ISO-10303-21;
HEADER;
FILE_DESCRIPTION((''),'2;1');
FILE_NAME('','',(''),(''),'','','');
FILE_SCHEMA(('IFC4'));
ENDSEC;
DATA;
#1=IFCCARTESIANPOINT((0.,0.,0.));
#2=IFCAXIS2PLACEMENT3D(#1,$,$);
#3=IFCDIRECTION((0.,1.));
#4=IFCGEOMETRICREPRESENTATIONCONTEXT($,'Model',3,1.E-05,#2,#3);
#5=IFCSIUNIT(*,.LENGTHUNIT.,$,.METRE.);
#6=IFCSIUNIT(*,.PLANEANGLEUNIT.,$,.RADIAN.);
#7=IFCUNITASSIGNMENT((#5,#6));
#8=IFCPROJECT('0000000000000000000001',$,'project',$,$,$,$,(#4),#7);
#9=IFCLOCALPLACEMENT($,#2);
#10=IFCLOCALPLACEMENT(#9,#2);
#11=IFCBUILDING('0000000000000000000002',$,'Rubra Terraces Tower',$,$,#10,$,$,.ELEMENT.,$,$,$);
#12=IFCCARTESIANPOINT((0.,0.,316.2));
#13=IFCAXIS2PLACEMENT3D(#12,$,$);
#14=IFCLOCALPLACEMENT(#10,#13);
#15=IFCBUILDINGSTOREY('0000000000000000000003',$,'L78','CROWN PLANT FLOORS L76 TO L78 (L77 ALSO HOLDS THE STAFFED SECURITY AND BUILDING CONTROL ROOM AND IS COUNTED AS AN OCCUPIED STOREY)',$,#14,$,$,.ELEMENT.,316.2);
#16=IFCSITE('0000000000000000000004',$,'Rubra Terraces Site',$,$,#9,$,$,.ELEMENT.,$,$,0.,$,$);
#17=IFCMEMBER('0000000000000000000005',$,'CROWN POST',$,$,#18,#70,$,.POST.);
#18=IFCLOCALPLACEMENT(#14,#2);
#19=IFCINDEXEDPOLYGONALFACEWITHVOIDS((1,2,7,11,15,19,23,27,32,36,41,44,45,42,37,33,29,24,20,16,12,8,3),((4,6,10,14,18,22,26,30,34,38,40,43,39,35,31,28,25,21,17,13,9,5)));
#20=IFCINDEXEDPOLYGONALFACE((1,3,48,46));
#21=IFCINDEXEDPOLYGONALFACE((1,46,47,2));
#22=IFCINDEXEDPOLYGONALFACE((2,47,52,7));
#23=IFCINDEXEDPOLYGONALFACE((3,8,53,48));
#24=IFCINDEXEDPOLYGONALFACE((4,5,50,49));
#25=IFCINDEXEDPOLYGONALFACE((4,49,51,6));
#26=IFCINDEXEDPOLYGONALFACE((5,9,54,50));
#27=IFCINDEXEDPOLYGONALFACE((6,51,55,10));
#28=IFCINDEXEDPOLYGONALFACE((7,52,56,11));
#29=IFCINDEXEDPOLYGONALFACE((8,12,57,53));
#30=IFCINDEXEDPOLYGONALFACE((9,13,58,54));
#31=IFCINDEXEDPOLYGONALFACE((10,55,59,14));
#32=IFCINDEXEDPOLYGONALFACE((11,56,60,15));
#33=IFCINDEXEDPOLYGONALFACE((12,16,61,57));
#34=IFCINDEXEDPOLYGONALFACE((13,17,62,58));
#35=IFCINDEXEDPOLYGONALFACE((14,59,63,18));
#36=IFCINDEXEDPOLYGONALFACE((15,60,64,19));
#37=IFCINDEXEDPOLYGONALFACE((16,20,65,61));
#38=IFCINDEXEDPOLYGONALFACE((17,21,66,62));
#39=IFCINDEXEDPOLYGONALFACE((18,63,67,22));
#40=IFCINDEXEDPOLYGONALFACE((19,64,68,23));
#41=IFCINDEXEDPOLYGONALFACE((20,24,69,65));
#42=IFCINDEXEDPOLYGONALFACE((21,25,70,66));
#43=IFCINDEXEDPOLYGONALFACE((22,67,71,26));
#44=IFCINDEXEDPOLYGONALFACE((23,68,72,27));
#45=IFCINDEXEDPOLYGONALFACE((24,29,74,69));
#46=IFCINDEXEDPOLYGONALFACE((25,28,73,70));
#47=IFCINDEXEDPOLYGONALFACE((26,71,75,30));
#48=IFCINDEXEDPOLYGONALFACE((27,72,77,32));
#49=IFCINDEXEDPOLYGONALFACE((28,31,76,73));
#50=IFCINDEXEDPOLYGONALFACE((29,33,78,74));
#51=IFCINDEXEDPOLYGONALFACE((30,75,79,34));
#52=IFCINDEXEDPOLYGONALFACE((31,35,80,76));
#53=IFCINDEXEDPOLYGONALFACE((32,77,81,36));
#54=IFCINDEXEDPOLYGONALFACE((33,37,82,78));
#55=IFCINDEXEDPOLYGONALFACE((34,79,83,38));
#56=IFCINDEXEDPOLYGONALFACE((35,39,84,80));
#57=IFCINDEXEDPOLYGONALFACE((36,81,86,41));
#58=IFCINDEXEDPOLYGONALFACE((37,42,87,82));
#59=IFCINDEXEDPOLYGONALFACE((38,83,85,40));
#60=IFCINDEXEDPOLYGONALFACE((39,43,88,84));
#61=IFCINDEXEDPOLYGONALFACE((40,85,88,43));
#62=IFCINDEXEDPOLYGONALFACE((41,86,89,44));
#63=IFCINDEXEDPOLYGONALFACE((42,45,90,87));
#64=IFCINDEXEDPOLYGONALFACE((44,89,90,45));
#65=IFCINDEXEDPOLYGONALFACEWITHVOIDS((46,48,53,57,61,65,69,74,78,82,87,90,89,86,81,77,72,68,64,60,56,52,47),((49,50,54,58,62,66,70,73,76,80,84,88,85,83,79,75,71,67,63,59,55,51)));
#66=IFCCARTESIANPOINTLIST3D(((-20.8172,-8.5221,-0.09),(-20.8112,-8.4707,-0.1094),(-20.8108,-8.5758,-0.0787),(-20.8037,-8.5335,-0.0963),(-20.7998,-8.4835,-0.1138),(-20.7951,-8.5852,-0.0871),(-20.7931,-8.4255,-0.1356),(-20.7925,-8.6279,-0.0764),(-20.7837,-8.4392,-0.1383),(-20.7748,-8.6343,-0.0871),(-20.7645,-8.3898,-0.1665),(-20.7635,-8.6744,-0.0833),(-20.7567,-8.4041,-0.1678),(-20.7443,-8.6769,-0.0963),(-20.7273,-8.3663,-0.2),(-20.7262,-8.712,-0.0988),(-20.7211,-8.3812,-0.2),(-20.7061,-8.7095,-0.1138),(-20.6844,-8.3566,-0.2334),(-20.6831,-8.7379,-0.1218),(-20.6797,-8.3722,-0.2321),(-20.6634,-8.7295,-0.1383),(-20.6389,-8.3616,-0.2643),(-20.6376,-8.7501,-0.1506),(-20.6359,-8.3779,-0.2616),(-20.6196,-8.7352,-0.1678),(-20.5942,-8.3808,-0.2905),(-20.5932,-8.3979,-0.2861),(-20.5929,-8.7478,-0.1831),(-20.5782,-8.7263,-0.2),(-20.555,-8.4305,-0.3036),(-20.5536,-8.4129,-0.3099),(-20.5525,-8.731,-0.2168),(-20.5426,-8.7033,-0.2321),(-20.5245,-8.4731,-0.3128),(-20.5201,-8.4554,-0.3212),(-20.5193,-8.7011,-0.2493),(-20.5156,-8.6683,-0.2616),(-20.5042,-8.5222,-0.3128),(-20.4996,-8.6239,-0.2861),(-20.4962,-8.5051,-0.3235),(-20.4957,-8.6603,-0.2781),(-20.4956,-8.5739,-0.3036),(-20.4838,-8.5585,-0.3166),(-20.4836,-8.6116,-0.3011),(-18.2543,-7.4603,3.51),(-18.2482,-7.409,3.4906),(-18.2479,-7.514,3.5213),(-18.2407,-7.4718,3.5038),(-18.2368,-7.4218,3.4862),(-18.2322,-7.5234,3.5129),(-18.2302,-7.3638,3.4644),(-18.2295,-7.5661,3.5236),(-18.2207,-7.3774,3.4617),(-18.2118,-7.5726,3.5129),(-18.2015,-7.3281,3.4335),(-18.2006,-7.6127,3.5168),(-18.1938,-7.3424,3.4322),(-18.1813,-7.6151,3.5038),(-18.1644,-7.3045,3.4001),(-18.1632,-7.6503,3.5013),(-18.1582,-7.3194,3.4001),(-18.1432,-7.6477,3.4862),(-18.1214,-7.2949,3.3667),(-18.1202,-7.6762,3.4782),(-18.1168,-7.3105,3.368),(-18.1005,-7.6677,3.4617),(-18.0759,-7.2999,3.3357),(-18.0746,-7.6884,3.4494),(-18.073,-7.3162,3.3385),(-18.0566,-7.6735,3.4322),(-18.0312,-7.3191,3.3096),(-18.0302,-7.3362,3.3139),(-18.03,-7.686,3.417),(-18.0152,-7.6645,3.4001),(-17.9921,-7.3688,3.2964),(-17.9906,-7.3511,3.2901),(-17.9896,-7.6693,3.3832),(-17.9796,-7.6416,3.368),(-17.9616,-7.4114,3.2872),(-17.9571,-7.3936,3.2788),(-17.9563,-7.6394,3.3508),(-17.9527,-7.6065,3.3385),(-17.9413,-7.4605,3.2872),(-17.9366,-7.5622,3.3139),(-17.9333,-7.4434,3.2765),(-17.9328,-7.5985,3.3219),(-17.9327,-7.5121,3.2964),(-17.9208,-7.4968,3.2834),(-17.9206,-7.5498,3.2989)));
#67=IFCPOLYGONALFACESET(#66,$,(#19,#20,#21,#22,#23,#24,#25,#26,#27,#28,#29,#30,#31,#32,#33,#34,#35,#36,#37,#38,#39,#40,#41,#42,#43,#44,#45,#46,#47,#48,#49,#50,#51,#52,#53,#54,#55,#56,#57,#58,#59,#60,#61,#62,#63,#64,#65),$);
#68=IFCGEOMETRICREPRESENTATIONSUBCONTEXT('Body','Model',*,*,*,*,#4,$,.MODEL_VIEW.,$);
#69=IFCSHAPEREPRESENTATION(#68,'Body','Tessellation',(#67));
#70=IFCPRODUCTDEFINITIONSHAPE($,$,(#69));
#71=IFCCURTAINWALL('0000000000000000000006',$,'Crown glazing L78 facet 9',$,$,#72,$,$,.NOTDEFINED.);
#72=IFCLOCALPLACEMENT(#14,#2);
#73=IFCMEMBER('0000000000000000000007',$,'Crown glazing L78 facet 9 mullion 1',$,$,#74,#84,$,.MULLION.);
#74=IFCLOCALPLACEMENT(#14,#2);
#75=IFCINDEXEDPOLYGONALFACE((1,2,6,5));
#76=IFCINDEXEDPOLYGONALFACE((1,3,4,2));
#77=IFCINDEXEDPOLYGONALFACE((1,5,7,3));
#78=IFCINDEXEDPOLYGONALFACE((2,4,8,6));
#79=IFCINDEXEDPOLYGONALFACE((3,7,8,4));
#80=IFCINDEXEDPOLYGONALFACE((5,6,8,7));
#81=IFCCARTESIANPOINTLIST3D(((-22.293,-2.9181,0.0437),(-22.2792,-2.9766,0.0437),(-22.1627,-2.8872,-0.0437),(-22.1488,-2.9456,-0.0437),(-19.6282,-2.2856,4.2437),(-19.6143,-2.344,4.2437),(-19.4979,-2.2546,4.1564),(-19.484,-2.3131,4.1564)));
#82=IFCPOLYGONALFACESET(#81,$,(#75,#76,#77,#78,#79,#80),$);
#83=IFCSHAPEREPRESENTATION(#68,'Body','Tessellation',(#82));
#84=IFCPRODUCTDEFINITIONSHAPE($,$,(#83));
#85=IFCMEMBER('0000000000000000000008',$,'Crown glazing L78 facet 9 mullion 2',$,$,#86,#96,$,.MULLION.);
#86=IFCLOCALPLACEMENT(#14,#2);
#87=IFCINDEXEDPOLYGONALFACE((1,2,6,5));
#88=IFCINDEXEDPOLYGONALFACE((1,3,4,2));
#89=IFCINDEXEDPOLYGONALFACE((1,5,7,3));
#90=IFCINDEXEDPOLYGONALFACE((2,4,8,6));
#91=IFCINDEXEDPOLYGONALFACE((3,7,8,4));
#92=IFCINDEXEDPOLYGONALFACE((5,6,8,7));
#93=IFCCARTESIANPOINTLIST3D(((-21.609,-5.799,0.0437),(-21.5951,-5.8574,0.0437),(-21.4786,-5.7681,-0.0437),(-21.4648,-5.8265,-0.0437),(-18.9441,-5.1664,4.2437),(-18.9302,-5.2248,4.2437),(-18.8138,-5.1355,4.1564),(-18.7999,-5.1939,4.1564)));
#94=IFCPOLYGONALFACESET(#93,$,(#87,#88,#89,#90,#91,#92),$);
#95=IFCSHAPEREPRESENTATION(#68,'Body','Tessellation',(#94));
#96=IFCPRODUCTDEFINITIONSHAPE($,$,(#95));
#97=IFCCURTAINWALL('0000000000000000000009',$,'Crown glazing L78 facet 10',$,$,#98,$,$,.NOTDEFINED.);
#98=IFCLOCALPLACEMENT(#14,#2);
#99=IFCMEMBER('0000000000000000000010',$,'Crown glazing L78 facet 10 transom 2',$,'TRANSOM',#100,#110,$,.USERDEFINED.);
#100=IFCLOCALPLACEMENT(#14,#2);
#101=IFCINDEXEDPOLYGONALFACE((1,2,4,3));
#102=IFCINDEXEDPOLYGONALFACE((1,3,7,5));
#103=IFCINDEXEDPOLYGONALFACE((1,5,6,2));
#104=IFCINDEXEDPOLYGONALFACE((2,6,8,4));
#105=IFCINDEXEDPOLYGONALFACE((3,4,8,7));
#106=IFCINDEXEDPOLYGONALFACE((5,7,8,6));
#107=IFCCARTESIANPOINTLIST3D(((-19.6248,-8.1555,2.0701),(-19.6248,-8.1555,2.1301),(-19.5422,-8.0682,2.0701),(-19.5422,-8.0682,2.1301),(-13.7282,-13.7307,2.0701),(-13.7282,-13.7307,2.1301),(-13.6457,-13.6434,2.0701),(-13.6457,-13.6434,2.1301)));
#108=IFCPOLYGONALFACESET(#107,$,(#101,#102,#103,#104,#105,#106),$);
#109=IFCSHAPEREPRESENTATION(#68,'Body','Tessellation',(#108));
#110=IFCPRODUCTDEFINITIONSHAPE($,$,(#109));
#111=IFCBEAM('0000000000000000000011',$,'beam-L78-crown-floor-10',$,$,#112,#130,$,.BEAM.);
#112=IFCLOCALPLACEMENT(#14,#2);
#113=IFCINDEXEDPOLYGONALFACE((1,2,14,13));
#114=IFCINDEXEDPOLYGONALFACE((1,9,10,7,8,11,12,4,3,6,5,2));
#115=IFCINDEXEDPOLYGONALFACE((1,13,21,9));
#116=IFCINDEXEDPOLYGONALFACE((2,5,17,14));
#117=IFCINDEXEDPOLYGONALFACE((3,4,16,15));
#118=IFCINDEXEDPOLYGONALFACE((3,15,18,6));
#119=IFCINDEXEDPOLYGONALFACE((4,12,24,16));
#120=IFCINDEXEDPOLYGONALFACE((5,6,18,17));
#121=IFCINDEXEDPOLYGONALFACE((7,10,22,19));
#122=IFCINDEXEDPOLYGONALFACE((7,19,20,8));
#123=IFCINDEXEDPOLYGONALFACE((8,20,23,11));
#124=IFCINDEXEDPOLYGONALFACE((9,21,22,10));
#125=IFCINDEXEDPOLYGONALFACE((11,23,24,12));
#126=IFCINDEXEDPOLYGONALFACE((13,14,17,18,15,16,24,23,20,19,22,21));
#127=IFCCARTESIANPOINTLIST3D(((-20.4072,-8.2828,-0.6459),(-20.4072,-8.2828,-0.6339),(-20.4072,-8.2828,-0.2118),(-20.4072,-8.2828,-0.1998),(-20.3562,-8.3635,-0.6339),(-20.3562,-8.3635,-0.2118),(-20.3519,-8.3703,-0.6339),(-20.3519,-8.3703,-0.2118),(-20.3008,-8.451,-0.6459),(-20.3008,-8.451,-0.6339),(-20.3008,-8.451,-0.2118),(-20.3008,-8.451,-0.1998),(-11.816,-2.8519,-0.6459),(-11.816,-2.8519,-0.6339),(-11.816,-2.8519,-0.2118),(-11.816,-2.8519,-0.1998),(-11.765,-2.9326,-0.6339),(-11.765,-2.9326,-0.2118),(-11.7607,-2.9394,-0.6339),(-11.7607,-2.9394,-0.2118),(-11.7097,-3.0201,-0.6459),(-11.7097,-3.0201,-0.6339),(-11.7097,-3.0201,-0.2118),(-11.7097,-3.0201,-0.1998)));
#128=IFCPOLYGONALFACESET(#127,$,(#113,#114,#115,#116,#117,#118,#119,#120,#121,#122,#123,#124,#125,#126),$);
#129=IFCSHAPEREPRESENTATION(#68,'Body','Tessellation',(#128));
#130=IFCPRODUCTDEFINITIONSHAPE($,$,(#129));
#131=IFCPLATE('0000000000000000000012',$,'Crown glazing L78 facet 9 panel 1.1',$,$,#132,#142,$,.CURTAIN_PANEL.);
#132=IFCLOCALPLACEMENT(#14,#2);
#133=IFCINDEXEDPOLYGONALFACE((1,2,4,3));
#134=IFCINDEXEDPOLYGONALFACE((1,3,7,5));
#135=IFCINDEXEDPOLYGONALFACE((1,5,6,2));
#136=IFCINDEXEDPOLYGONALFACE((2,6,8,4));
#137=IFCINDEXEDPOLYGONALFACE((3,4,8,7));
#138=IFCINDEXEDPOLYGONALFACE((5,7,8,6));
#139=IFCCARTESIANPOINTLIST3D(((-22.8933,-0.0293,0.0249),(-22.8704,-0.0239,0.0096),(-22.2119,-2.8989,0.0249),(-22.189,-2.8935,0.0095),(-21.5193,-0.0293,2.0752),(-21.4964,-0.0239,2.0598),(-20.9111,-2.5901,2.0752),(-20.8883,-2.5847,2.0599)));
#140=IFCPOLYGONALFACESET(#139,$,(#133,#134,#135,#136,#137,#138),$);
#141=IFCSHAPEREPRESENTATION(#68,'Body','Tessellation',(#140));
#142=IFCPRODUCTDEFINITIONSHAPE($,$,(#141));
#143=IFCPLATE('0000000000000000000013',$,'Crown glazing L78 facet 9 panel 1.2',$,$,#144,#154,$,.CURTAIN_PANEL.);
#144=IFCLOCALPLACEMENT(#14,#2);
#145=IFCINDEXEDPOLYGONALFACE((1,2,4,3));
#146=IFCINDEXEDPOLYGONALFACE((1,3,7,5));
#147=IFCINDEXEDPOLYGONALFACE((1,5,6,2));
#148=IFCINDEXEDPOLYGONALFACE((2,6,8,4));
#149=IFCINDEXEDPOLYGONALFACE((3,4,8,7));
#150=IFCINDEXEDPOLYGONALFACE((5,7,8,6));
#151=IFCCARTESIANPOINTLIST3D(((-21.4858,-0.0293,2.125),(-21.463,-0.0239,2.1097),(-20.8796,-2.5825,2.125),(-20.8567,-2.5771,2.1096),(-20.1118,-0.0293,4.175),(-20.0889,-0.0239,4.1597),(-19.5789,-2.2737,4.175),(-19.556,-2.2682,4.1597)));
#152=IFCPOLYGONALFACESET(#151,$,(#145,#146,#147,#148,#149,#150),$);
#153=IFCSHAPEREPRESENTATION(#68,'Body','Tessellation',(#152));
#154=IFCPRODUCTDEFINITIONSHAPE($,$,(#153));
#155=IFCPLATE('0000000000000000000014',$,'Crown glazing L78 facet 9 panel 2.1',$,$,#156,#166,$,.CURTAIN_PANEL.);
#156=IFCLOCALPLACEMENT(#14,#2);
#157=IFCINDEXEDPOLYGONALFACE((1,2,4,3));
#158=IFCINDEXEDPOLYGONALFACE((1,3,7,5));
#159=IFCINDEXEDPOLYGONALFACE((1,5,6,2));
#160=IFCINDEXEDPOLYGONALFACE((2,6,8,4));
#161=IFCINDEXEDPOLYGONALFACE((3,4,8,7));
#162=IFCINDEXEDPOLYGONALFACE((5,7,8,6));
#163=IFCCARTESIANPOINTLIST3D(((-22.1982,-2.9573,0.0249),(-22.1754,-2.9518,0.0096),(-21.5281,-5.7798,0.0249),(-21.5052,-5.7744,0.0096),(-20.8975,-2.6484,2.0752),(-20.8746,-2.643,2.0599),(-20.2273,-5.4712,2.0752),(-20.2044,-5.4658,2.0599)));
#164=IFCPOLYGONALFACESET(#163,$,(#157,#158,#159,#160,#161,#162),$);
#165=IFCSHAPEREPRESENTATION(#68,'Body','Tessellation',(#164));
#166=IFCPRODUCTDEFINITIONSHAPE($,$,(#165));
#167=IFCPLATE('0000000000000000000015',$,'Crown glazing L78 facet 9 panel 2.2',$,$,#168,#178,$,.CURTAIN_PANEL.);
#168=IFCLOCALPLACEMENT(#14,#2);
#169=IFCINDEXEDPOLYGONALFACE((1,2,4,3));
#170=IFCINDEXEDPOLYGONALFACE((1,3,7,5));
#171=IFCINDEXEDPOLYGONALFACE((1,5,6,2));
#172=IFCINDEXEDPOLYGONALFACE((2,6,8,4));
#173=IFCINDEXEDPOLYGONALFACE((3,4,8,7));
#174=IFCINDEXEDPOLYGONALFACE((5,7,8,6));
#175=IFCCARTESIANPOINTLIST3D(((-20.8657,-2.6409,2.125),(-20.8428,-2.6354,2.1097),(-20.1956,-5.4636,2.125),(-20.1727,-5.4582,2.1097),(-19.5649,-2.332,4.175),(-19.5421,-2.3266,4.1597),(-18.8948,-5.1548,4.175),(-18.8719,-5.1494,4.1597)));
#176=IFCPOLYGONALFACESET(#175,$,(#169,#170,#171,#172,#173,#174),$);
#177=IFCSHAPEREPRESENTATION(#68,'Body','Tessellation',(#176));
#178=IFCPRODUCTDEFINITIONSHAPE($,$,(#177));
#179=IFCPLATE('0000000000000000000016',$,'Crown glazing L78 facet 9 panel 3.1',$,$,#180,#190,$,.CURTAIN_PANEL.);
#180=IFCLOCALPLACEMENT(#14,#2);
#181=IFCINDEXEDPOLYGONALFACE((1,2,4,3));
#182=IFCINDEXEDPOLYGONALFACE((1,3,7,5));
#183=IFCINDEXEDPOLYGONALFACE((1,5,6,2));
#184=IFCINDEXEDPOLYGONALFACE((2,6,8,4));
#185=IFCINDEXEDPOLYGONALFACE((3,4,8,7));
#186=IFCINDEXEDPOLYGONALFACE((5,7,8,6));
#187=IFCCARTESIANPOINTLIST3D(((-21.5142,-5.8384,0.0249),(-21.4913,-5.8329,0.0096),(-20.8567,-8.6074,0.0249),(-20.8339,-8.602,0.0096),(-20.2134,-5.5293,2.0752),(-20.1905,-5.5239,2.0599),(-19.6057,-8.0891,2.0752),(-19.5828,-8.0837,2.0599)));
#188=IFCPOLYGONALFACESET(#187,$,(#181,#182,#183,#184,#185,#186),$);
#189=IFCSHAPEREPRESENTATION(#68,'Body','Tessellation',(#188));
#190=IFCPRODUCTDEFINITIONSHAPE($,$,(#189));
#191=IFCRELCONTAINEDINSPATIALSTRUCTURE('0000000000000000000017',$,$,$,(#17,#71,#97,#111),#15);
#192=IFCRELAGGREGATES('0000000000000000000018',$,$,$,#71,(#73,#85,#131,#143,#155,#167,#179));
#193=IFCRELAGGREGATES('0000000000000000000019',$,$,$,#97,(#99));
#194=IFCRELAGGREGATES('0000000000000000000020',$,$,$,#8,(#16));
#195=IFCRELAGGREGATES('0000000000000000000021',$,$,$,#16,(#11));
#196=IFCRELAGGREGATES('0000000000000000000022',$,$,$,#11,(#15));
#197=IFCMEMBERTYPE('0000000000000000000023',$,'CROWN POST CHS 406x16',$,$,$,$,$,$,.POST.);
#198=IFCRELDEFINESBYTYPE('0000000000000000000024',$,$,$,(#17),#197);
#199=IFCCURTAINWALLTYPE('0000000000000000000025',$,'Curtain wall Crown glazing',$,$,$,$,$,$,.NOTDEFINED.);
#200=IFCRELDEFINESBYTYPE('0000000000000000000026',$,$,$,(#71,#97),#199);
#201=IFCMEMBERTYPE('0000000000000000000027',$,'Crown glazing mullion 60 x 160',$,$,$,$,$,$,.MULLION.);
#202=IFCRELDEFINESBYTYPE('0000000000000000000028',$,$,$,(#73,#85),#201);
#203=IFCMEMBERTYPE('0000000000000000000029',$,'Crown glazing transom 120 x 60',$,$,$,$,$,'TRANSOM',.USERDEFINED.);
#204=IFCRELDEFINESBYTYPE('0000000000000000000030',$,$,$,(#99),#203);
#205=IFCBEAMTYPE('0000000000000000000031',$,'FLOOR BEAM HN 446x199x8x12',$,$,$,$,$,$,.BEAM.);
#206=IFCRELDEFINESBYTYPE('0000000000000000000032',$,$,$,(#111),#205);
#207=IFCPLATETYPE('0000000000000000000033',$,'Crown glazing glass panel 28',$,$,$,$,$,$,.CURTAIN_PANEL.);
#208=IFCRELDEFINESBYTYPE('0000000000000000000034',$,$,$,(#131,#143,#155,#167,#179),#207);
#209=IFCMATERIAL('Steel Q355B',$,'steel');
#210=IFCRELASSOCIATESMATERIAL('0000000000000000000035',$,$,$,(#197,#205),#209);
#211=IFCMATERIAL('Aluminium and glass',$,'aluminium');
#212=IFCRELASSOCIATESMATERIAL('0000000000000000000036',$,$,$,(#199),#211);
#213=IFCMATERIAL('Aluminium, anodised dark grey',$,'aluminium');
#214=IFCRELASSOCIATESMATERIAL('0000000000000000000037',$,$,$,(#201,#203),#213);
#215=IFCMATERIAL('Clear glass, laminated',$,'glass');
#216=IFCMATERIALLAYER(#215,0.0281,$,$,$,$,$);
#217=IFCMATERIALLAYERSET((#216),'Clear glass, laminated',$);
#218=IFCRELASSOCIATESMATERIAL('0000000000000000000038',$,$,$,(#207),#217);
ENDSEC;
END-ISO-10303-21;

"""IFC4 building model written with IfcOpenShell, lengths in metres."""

from ifc_helpers import new_model, si_unit, direction, frame, origin, origin_2d, place, context, subcontext, project, spatial, polyline, rectangle, hollow_circle, i_section, outline, extrude, material, layer, layer_set, material_profile, profile_set, type_object, element, aggregate, save


model = new_model("IFC4")

# Units and contexts
model_context = context("Model", 3, precision=1e-05, world=origin(), true_north=direction((0.0, 1.0)))
body_context = subcontext(model_context, "Body", "Model", "MODEL_VIEW")
ifc_project = project(units=[si_unit("LENGTHUNIT", "METRE"), si_unit("PLANEANGLEUNIT", "RADIAN")], contexts=[model_context])

# Site, building, storey
site_placement = place(None, origin())
site = spatial("IfcSite", under=ifc_project, at=site_placement, Name="Rubra Terraces Site", CompositionType="ELEMENT", RefElevation=0.0)
building_placement = place(site_placement, origin())
building = spatial("IfcBuilding", under=site, at=building_placement, Name="Rubra Terraces Tower", CompositionType="ELEMENT")
storey_placement = place(building_placement, frame((0.0, 0.0, 316.2)))
storey = spatial("IfcBuildingStorey", under=building, at=storey_placement, Name="L78", Description="CROWN PLANT FLOORS L76 TO L78 (L77 ALSO HOLDS THE STAFFED SECURITY AND BUILDING CONTROL ROOM AND IS COUNTED AS AN OCCUPIED STOREY)", CompositionType="ELEMENT", Elevation=316.2)

# Member
ifc_material_1 = material(Name="Steel Q355B", Category="steel")
ifc_material_profile_1 = material_profile(ifc_material_1, hollow_circle(Radius=0.2029, WallThickness=0.0161, at=origin_2d()), Name="CHS 406x16")
ifc_profile_set_1 = profile_set([ifc_material_profile_1], Name="Steel Q355B")
member_type_1 = type_object("IfcMemberType", Name="CROWN POST CHS 406x16", PredefinedType="POST", material=ifc_profile_set_1)
member_1_placement = place(storey_placement, frame((-20.6497, -8.5537, -0.2), z_axis=(0.563915, 0.233613, 0.792102), x_axis=(-0.382727, 0.923861, 0.0)))
element("IfcMember", 1, at=member_1_placement, inside=storey, type_object=member_type_1, Name="CROWN POST", PredefinedType="POST", context=body_context, shape_type="SweptSolid", body=[
    extrude(hollow_circle(Radius=0.2029, WallThickness=0.0161, at=origin_2d()), origin(), (0.0, 0.0, 1.0), 4.5449),
])

# Curtain wall, members
ifc_material_2 = material(Name="Aluminium and glass", Category="aluminium")
curtain_wall_type = type_object("IfcCurtainWallType", Name="Curtain wall Crown glazing", PredefinedType="NOTDEFINED", material=ifc_material_2)
curtain_wall_1_placement = place(storey_placement, origin())
curtain_wall_1 = element("IfcCurtainWall", 2, at=curtain_wall_1_placement, inside=storey, type_object=curtain_wall_type, Name="Crown glazing L78 facet 9", PredefinedType="NOTDEFINED")
ifc_material_3 = material(Name="Aluminium, anodised dark grey", Category="aluminium")
ifc_material_profile_2 = material_profile(ifc_material_3, rectangle(XDim=0.0601, YDim=0.1599, at=origin_2d()), Name="AL 60x160")
ifc_profile_set_2 = profile_set([ifc_material_profile_2], Name="Aluminium, anodised dark grey")
member_type_2 = type_object("IfcMemberType", Name="Crown glazing mullion 60 x 160", PredefinedType="MULLION", material=ifc_profile_set_2)
member_2_placement = place(storey_placement, frame((-22.2209, -2.9319, 0.0), z_axis=(0.531464, 0.126159, 0.837634), x_axis=(-0.230962, 0.972963, 0.0)))
member_2 = element("IfcMember", 3, at=member_2_placement, type_object=member_type_2, Name="Crown glazing L78 facet 9 mullion 1", PredefinedType="MULLION", context=body_context, shape_type="SweptSolid", body=[
    extrude(rectangle(XDim=0.0601, YDim=0.1599, at=origin_2d()), origin(), (0.0, 0.0, 1.0), 5.0142),
])
member_3_placement = place(storey_placement, frame((-21.5369, -5.8127, 0.0), z_axis=(0.531464, 0.126159, 0.837634), x_axis=(-0.230962, 0.972963, 0.0)))
member_3 = element("IfcMember", 4, at=member_3_placement, type_object=member_type_2, Name="Crown glazing L78 facet 9 mullion 2", PredefinedType="MULLION", context=body_context, shape_type="SweptSolid", body=[
    extrude(rectangle(XDim=0.0601, YDim=0.1599, at=origin_2d()), origin(), (0.0, 0.0, 1.0), 5.0142),
])

# Curtain wall, member
curtain_wall_2_placement = place(storey_placement, origin())
curtain_wall_2 = element("IfcCurtainWall", 5, at=curtain_wall_2_placement, inside=storey, type_object=curtain_wall_type, Name="Crown glazing L78 facet 10", PredefinedType="NOTDEFINED")
ifc_material_profile_3 = material_profile(ifc_material_3, rectangle(XDim=0.1201, YDim=0.0601, at=origin_2d()), Name="AL 120x60")
ifc_profile_set_3 = profile_set([ifc_material_profile_3], Name="Aluminium, anodised dark grey")
member_type_3 = type_object("IfcMemberType", Name="Crown glazing transom 120 x 60", ElementType="TRANSOM", PredefinedType="USERDEFINED", material=ifc_profile_set_3)
member_4_placement = place(storey_placement, frame((-19.5835, -8.1118, 2.1001), z_axis=(0.726626, -0.687033, 0.0), x_axis=(0.687033, 0.726626, 0.0)))
member_4 = element("IfcMember", 6, at=member_4_placement, type_object=member_type_3, Name="Crown glazing L78 facet 10 transom 2", ObjectType="TRANSOM", PredefinedType="USERDEFINED", context=body_context, shape_type="SweptSolid", body=[
    extrude(rectangle(XDim=0.1201, YDim=0.0601, at=origin_2d()), origin(), (0.0, 0.0, 1.0), 8.115),
])

# Beam
ifc_material_profile_4 = material_profile(ifc_material_1, i_section(OverallWidth=0.199, OverallDepth=0.446, WebThickness=0.0081, FlangeThickness=0.012, at=origin_2d()), Name="HN 446x199x8x12")
ifc_profile_set_4 = profile_set([ifc_material_profile_4], Name="Steel Q355B")
beam_type = type_object("IfcBeamType", Name="FLOOR BEAM HN 446x199x8x12", PredefinedType="BEAM", material=ifc_profile_set_4)
beam_placement = place(storey_placement, frame((-20.354, -8.3669, -0.4229), z_axis=(0.845268, 0.534343, 0.0), x_axis=(-0.534343, 0.845268, 0.0)))
element("IfcBeam", 7, at=beam_placement, inside=storey, type_object=beam_type, Name="beam-L78-crown-floor-10", PredefinedType="BEAM", context=body_context, shape_type="SweptSolid", body=[
    extrude(i_section(OverallWidth=0.199, OverallDepth=0.446, WebThickness=0.0081, FlangeThickness=0.012, at=origin_2d()), origin(), (0.0, 0.0, 1.0), 10.1638),
])

# Plates
ifc_material_4 = material(Name="Clear glass, laminated", Category="glass")
ifc_layer_1 = layer(ifc_material_4, 0.0281)
ifc_layer_set_1 = layer_set([ifc_layer_1], Name="Clear glass, laminated")
plate_type = type_object("IfcPlateType", Name="Crown glazing glass panel 28", PredefinedType="CURTAIN_PANEL", material=ifc_layer_set_1)
plate_1_placement = place(storey_placement, frame((-22.8933, -0.0293, 0.0249), z_axis=(-0.814994, -0.193535, 0.546195), x_axis=(0.231038, -0.972945, -0.000007)))
plate_1 = element("IfcPlate", 8, at=plate_1_placement, type_object=plate_type, Name="Crown glazing L78 facet 9 panel 1.1", PredefinedType="CURTAIN_PANEL", context=body_context, shape_type="SweptSolid", body=[
    extrude(outline(polyline([(0.0, 0.0), (2.9494, 0.0), (2.9495, 2.4477), (0.3174, 2.4476), (0.0, 0.0)])), origin(), (0.0, 0.0, -1.0), 0.0281),
])
plate_2_placement = place(storey_placement, frame((-21.4858, -0.0293, 2.125), z_axis=(-0.814969, -0.193509, 0.546242), x_axis=(0.231015, -0.97295, -0.000008)))
plate_2 = element("IfcPlate", 9, at=plate_2_placement, type_object=plate_type, Name="Crown glazing L78 facet 9 panel 1.2", PredefinedType="CURTAIN_PANEL", context=body_context, shape_type="SweptSolid", body=[
    extrude(outline(polyline([(0.0, 0.0), (2.6242, 0.0), (2.6242, 2.4475), (0.3174, 2.4474), (0.0, 0.0)])), origin(), (0.0, 0.0, -1.0), 0.0281),
])
plate_3_placement = place(storey_placement, frame((-22.1982, -2.9573, 0.0249), z_axis=(-0.814998, -0.193502, 0.546201), x_axis=(0.231007, -0.972952, 0.000004)))
plate_3 = element("IfcPlate", 10, at=plate_3_placement, type_object=plate_type, Name="Crown glazing L78 facet 9 panel 2.1", PredefinedType="CURTAIN_PANEL", context=body_context, shape_type="SweptSolid", body=[
    extrude(outline(polyline([(0.0, 0.0), (2.901, 0.0), (2.9012, 2.4476), (0.0, 2.4477), (0.0, 0.0)])), origin(), (0.0, 0.0, -1.0), 0.0281),
])
plate_4_placement = place(storey_placement, frame((-20.8657, -2.6409, 2.125), z_axis=(-0.814966, -0.193486, 0.546254), x_axis=(0.230995, -0.972955, 0.0)))
plate_4 = element("IfcPlate", 11, at=plate_4_placement, type_object=plate_type, Name="Crown glazing L78 facet 9 panel 2.2", PredefinedType="CURTAIN_PANEL", context=body_context, shape_type="SweptSolid", body=[
    extrude(outline(polyline([(0.0, 0.0), (2.9012, 0.0), (2.9012, 2.4475), (0.0, 2.4475), (0.0, 0.0)])), origin(), (0.0, 0.0, -1.0), 0.0281),
])
plate_5_placement = place(storey_placement, frame((-21.5142, -5.8384, 0.0249), z_axis=(-0.814997, -0.19349, 0.546207), x_axis=(0.230998, -0.972954, 0.00001)))
plate_5 = element("IfcPlate", 12, at=plate_5_placement, type_object=plate_type, Name="Crown glazing L78 facet 9 panel 3.1", PredefinedType="CURTAIN_PANEL", context=body_context, shape_type="SweptSolid", body=[
    extrude(outline(polyline([(0.0, 0.0), (2.846, 0.0), (2.6307, 2.4476), (-0.0002, 2.4477), (0.0, 0.0)])), origin(), (0.0, 0.0, -1.0), 0.0281),
])
aggregate(curtain_wall_1, [member_2, member_3, plate_1, plate_2, plate_3, plate_4, plate_5])
aggregate(curtain_wall_2, [member_4])

save(model, "model.ifc")
